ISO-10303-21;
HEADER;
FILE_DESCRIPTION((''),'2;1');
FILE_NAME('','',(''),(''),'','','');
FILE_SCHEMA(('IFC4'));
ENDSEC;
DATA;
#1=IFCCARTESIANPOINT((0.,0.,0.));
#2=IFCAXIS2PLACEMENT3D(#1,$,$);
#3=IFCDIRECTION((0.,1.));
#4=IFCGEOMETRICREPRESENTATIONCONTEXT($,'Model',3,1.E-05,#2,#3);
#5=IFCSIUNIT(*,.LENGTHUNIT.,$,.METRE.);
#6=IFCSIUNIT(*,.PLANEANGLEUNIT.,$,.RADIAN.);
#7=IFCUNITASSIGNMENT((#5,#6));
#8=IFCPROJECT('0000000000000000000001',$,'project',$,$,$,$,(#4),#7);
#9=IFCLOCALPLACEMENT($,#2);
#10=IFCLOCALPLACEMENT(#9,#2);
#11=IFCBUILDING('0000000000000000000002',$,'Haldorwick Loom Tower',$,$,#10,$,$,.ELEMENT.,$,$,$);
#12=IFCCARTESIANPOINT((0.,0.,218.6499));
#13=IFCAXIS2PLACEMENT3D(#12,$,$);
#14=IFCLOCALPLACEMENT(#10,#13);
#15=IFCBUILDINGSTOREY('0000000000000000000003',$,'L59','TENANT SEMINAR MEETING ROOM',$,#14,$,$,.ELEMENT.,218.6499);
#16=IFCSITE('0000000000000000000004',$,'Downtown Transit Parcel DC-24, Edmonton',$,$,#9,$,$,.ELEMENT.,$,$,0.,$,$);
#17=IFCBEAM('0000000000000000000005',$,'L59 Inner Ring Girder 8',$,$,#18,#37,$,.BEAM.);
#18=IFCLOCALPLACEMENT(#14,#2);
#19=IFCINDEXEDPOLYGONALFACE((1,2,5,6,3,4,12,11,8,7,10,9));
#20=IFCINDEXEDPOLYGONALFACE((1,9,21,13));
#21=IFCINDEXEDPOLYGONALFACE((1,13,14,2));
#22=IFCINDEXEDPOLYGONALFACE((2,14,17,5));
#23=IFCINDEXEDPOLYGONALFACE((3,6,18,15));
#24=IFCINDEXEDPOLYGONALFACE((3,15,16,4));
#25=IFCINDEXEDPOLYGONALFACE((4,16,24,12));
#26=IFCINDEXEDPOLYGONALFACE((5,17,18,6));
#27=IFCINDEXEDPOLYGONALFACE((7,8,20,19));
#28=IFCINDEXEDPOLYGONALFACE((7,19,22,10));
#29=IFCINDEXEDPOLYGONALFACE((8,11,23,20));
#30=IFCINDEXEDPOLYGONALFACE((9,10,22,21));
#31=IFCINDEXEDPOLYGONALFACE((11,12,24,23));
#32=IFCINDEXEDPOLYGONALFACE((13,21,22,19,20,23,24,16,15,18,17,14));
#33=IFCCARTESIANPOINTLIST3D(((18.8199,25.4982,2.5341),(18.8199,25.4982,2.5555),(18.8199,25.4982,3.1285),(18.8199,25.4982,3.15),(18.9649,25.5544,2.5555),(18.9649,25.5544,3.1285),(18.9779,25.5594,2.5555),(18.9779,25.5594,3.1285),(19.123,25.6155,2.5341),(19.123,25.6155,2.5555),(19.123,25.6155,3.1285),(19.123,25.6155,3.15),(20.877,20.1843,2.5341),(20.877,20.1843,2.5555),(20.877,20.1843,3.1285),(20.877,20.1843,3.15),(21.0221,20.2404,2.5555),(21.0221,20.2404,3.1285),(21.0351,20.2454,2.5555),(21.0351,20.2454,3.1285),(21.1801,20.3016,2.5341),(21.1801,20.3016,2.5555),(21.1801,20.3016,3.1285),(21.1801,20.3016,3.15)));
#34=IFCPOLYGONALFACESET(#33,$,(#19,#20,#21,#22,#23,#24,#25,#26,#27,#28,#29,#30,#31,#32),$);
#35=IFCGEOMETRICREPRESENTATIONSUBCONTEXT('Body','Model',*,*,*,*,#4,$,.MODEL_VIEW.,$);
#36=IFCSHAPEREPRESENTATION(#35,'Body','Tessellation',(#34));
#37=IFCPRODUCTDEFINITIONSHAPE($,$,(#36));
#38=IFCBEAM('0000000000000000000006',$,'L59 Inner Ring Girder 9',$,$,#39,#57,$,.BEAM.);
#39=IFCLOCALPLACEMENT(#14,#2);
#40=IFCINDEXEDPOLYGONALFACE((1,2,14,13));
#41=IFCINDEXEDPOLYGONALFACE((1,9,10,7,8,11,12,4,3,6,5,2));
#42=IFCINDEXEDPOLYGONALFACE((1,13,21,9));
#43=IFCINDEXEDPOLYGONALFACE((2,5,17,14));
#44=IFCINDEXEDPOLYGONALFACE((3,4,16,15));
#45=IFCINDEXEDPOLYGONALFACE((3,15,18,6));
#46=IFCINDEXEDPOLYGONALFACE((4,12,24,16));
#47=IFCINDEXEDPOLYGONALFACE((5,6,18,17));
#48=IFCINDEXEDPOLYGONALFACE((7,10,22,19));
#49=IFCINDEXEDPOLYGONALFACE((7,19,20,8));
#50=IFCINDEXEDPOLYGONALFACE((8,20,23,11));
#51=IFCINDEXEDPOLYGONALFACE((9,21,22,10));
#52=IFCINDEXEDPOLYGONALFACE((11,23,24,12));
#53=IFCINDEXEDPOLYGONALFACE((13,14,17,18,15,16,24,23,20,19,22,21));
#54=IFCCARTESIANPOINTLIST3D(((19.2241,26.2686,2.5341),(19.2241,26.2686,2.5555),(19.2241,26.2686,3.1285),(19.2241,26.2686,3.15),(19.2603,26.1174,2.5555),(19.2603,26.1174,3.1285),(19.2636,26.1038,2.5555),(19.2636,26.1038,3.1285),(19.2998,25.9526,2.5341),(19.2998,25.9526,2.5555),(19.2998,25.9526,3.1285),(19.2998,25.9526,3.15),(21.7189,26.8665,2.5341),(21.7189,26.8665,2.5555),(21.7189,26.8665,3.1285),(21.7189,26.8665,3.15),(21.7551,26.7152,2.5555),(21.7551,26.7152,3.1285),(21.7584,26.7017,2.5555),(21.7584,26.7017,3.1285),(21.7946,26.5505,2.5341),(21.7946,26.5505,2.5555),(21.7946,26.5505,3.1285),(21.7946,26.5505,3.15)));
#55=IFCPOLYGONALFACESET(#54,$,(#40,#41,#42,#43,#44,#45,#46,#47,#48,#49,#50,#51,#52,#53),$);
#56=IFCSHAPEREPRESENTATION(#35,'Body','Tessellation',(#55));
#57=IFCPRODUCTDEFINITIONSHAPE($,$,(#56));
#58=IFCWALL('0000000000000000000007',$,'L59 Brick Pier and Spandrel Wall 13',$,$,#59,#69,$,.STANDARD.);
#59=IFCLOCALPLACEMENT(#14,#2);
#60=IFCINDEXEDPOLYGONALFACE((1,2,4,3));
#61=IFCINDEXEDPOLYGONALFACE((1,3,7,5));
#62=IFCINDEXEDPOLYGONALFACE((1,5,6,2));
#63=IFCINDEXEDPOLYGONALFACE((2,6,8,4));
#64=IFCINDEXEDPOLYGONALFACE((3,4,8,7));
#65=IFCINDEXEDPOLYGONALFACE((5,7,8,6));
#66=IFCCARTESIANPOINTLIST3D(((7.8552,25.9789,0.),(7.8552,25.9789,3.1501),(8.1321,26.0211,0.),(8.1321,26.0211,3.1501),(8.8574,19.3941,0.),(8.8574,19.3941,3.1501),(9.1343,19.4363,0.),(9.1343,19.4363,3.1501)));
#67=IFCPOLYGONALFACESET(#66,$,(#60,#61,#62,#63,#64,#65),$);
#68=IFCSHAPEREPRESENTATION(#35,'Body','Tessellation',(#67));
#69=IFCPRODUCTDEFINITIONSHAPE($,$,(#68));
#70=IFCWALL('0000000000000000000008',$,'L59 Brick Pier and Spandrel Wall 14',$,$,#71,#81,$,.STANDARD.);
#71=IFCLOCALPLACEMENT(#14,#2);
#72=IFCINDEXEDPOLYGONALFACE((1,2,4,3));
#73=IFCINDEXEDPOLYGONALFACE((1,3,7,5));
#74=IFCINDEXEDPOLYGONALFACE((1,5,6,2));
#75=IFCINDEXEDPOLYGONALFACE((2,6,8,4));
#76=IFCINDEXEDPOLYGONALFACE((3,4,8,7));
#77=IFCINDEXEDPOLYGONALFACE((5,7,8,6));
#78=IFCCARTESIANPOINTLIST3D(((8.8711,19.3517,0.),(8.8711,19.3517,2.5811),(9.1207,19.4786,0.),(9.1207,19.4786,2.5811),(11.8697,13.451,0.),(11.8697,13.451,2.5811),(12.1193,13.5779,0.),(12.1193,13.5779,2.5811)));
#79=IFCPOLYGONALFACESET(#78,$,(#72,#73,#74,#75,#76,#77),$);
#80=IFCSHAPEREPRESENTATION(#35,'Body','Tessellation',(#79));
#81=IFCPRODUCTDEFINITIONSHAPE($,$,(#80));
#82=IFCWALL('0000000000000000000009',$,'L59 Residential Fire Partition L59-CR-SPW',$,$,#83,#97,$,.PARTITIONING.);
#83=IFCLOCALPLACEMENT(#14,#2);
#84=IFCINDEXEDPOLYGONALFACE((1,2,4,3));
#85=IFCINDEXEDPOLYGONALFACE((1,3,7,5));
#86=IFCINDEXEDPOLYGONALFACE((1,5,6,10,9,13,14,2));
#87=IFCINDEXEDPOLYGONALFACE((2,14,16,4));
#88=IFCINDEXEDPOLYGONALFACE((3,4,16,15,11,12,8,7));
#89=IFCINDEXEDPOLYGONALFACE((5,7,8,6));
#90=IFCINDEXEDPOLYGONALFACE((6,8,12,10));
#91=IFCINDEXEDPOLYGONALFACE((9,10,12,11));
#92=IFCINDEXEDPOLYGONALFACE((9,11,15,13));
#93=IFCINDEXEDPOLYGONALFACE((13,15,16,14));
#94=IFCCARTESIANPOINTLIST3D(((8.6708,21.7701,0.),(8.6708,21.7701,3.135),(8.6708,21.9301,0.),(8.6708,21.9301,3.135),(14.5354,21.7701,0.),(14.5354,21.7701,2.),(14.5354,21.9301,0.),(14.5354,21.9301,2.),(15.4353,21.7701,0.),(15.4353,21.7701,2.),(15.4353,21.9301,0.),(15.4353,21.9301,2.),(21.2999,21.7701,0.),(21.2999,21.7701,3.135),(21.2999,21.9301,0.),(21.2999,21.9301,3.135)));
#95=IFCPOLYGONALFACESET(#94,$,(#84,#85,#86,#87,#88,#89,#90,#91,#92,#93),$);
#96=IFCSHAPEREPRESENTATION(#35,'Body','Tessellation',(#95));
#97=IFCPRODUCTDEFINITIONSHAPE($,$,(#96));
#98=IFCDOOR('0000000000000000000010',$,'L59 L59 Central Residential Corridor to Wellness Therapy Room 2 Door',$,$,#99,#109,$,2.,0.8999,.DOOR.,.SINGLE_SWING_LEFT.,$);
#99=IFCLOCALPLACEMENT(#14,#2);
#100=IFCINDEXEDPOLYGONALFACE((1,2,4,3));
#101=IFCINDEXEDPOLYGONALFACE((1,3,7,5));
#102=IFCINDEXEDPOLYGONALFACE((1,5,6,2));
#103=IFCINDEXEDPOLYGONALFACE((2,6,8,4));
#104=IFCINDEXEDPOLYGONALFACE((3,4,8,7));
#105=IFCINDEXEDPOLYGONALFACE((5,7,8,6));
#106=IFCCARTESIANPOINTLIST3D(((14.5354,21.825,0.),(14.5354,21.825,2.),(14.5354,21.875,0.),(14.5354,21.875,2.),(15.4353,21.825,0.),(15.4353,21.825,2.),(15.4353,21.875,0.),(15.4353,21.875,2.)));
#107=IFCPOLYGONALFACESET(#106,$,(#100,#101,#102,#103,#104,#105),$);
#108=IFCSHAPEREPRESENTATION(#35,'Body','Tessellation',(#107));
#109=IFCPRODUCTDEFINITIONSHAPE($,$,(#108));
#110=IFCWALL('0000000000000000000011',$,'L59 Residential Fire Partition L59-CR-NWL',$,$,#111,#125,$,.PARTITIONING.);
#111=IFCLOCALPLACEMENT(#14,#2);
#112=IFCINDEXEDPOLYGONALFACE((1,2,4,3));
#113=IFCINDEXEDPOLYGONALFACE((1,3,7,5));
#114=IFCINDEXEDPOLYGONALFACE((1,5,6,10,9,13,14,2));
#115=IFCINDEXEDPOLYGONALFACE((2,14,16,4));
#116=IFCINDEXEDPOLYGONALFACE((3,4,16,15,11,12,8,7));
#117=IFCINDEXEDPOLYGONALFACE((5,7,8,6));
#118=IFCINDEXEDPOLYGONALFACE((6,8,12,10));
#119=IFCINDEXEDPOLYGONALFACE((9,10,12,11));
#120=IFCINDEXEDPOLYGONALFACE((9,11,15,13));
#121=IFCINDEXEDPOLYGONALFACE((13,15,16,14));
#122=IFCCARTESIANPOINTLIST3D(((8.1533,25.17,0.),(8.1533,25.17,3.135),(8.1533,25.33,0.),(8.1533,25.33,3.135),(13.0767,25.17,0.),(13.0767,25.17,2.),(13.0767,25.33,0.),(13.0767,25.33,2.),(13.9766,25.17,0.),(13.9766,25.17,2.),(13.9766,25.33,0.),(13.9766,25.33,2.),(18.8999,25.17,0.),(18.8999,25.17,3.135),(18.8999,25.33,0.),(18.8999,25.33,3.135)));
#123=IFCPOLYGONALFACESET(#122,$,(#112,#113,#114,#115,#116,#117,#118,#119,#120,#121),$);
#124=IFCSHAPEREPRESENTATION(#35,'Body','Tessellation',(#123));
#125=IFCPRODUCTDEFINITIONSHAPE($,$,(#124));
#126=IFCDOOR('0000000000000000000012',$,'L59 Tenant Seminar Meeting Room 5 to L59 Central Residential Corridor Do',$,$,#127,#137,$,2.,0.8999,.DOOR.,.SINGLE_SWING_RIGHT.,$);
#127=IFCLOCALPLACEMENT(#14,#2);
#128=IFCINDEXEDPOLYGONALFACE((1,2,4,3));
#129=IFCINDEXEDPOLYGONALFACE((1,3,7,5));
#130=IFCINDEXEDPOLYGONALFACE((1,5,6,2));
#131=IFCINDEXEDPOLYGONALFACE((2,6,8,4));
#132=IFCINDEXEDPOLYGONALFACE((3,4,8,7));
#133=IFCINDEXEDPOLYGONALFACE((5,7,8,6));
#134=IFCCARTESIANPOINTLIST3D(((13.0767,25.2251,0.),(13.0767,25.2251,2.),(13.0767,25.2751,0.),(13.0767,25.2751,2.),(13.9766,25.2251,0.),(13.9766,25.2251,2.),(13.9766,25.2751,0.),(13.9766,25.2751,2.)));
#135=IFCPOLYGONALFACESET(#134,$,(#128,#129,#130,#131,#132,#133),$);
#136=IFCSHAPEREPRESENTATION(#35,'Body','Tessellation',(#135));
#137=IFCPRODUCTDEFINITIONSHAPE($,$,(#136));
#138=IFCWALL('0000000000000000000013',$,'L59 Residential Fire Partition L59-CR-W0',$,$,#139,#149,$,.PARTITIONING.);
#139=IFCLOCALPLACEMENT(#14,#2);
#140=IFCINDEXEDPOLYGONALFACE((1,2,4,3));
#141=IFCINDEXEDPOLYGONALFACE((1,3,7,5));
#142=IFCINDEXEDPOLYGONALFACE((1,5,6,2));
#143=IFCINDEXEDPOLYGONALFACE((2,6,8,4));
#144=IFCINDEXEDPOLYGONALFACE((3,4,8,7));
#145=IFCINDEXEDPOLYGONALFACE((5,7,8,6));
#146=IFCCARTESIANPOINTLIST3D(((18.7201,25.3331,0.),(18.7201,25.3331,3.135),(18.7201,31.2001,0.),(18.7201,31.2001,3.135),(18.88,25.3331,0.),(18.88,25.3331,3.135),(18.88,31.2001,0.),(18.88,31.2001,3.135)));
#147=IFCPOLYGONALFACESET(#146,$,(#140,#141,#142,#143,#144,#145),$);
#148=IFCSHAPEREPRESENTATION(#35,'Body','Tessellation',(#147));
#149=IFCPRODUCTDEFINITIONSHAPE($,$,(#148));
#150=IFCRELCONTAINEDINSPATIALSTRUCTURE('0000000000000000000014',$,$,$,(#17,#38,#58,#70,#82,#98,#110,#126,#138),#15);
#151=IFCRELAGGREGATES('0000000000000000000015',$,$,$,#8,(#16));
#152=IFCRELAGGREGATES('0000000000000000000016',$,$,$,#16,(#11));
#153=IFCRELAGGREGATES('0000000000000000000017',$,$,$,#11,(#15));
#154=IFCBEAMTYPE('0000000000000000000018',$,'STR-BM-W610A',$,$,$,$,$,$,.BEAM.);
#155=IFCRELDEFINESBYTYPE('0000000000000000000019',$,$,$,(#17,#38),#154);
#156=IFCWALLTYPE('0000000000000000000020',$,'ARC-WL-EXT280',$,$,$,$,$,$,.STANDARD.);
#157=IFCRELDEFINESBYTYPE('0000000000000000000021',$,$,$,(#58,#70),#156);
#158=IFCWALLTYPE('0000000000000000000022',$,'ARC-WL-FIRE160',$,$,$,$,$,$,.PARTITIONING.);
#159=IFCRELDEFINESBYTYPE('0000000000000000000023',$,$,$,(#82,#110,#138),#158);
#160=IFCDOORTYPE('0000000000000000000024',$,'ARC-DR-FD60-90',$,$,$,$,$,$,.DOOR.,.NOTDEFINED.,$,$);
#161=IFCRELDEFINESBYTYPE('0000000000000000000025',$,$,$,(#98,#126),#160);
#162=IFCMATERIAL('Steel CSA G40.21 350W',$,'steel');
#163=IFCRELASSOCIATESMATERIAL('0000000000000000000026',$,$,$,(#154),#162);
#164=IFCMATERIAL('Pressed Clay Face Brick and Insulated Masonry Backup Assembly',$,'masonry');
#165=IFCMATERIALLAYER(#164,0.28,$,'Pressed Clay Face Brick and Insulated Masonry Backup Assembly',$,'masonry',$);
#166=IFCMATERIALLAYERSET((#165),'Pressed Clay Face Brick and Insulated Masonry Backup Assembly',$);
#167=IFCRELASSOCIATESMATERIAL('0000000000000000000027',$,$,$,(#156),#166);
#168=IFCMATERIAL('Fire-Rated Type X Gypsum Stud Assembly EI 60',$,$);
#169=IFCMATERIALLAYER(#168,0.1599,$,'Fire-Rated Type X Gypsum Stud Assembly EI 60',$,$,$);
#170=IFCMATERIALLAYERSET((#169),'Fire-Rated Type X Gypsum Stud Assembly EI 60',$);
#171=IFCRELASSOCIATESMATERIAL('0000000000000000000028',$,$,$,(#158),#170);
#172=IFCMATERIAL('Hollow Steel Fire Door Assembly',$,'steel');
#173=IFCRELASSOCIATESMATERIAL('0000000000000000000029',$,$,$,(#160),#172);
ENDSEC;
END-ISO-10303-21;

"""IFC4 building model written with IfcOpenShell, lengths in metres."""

from ifc_helpers import new_model, si_unit, direction, frame, frame_2d, origin, origin_2d, place, context, subcontext, project, spatial, rectangle, i_section, extrude, material, layer, layer_set, material_profile, profile_set, type_object, element, fill, save


model = new_model("IFC4")

# Units and contexts
model_context = context("Model", 3, precision=1e-05, world=origin(), true_north=direction((0.0, 1.0)))
body_context = subcontext(model_context, "Body", "Model", "MODEL_VIEW")
ifc_project = project(units=[si_unit("LENGTHUNIT", "METRE"), si_unit("PLANEANGLEUNIT", "RADIAN")], contexts=[model_context])

# Site, building, storey
site_placement = place(None, origin())
site = spatial("IfcSite", under=ifc_project, at=site_placement, Name="Downtown Transit Parcel DC-24, Edmonton", CompositionType="ELEMENT", RefElevation=0.0)
building_placement = place(site_placement, origin())
building = spatial("IfcBuilding", under=site, at=building_placement, Name="Haldorwick Loom Tower", CompositionType="ELEMENT")
storey_placement = place(building_placement, frame((0.0, 0.0, 218.6499)))
storey = spatial("IfcBuildingStorey", under=building, at=storey_placement, Name="L59", Description="TENANT SEMINAR MEETING ROOM", CompositionType="ELEMENT", Elevation=218.6499)

# Beams
ifc_material_1 = material(Name="Steel CSA G40.21 350W", Category="steel")
ifc_material_profile_1 = material_profile(ifc_material_1, i_section(OverallWidth=0.325, OverallDepth=0.616, WebThickness=0.0139, FlangeThickness=0.0215, at=origin_2d()), Name="W610X174", Category="steel")
ifc_profile_set_1 = profile_set([ifc_material_profile_1], Name="Steel CSA G40.21 350W")
beam_type_1 = type_object("IfcBeamType", Name="STR-BM-W610A", PredefinedType="BEAM", material=ifc_profile_set_1)
beam_1_placement = place(storey_placement, frame((21.0286, 20.2429, 2.842), z_axis=(-0.361011, 0.932562, 0.0), x_axis=(-0.932562, -0.361011, 0.0)))
element("IfcBeam", 1, at=beam_1_placement, inside=storey, type_object=beam_type_1, Name="L59 Inner Ring Girder 8", PredefinedType="BEAM", context=body_context, shape_type="SweptSolid", body=[
    extrude(i_section(OverallWidth=0.325, OverallDepth=0.616, WebThickness=0.0139, FlangeThickness=0.0215, at=origin_2d()), origin(), (0.0, 0.0, 1.0), 5.6982),
])
beam_2_placement = place(storey_placement, frame((19.262, 26.1106, 2.842), z_axis=(0.972464, 0.233053, 0.0), x_axis=(-0.233053, 0.972464, 0.0)))
element("IfcBeam", 2, at=beam_2_placement, inside=storey, type_object=beam_type_1, Name="L59 Inner Ring Girder 9", PredefinedType="BEAM", context=body_context, shape_type="SweptSolid", body=[
    extrude(i_section(OverallWidth=0.325, OverallDepth=0.616, WebThickness=0.0139, FlangeThickness=0.0215, at=origin_2d()), origin(), (0.0, 0.0, 1.0), 2.5654),
])

# Walls
ifc_material_2 = material(Name="Pressed Clay Face Brick and Insulated Masonry Backup Assembly", Category="masonry")
ifc_layer_1 = layer(ifc_material_2, 0.28, Name="Pressed Clay Face Brick and Insulated Masonry Backup Assembly", Category="masonry")
ifc_layer_set_1 = layer_set([ifc_layer_1], Name="Pressed Clay Face Brick and Insulated Masonry Backup Assembly")
wall_type_1 = type_object("IfcWallType", Name="ARC-WL-EXT280", PredefinedType="STANDARD", material=ifc_layer_set_1)
wall_1_placement = place(storey_placement, frame((7.9937, 26.0, 0.0), z_axis=(0.0, 0.0, 1.0), x_axis=(0.150468, -0.988615, 0.0)))
element("IfcWall", 3, at=wall_1_placement, inside=storey, type_object=wall_type_1, Name="L59 Brick Pier and Spandrel Wall 13", PredefinedType="STANDARD", context=body_context, shape_type="SweptSolid", body=[
    extrude(rectangle(XDim=6.6606, YDim=0.28, at=frame_2d((3.3303, 0.0))), origin(), (0.0, 0.0, 1.0), 3.1501),
])
wall_2_placement = place(storey_placement, frame((8.9958, 19.4153, 0.0), z_axis=(0.0, 0.0, 1.0), x_axis=(0.453032, -0.891494, 0.0)))
element("IfcWall", 4, at=wall_2_placement, inside=storey, type_object=wall_type_1, Name="L59 Brick Pier and Spandrel Wall 14", PredefinedType="STANDARD", context=body_context, shape_type="SweptSolid", body=[
    extrude(rectangle(XDim=6.6189, YDim=0.28, at=frame_2d((3.3096, 0.0))), origin(), (0.0, 0.0, 1.0), 2.5811),
])

# Walls, openings, doors
ifc_material_3 = material(Name="Fire-Rated Type X Gypsum Stud Assembly EI 60")
ifc_layer_2 = layer(ifc_material_3, 0.1599, Name="Fire-Rated Type X Gypsum Stud Assembly EI 60")
ifc_layer_set_2 = layer_set([ifc_layer_2], Name="Fire-Rated Type X Gypsum Stud Assembly EI 60")
wall_type_2 = type_object("IfcWallType", Name="ARC-WL-FIRE160", PredefinedType="PARTITIONING", material=ifc_layer_set_2)
wall_3_placement = place(storey_placement, frame((8.6709, 21.8501, 0.0), z_axis=(0.0, 0.0, 1.0), x_axis=(1.0, 0.0, 0.0)))
wall_3 = element("IfcWall", 5, at=wall_3_placement, inside=storey, type_object=wall_type_2, Name="L59 Residential Fire Partition L59-CR-SPW", PredefinedType="PARTITIONING", context=body_context, shape_type="SweptSolid", body=[
    extrude(rectangle(XDim=12.6292, YDim=0.1599, at=frame_2d((6.3145, 0.0))), origin(), (0.0, 0.0, 1.0), 3.135),
])
opening_1_placement = place(wall_3_placement, frame((5.8645, 0.0, 0.0)))
opening_1 = element("IfcOpeningElement", 6, at=opening_1_placement, cuts=wall_3, PredefinedType="OPENING", context=body_context, shape_type="SweptSolid", body=[
    extrude(rectangle(XDim=0.8999, YDim=2.0, at=frame_2d((0.45, 1.0))), frame((0.0, 0.0898, 0.0), z_axis=(0.0, -1.0, 0.0), x_axis=(1.0, 0.0, 0.0)), (0.0, 0.0, 1.0), 0.1799),
])
ifc_material_4 = material(Name="Hollow Steel Fire Door Assembly", Category="steel")
door_type = type_object("IfcDoorType", Name="ARC-DR-FD60-90", OperationType="NOTDEFINED", PredefinedType="DOOR", material=ifc_material_4)
door_1_placement = place(opening_1_placement, origin())
door_1 = element("IfcDoor", 7, at=door_1_placement, inside=storey, type_object=door_type, Name="L59 L59 Central Residential Corridor to Wellness Therapy Room 2 Door", OperationType="SINGLE_SWING_LEFT", OverallHeight=2.0, OverallWidth=0.8999, PredefinedType="DOOR", context=body_context, shape_type="SweptSolid", body=[
    extrude(rectangle(XDim=0.8999, YDim=2.0, at=frame_2d((0.45, 1.0))), frame((0.0, 0.0249, 0.0), z_axis=(0.0, -1.0, 0.0), x_axis=(1.0, 0.0, 0.0)), (0.0, 0.0, 1.0), 0.05),
])
fill(opening_1, door_1)
wall_4_placement = place(storey_placement, frame((8.1533, 25.25, 0.0), z_axis=(0.0, 0.0, 1.0), x_axis=(1.0, 0.0, 0.0)))
wall_4 = element("IfcWall", 8, at=wall_4_placement, inside=storey, type_object=wall_type_2, Name="L59 Residential Fire Partition L59-CR-NWL", PredefinedType="PARTITIONING", context=body_context, shape_type="SweptSolid", body=[
    extrude(rectangle(XDim=10.7466, YDim=0.1599, at=frame_2d((5.3733, 0.0))), origin(), (0.0, 0.0, 1.0), 3.135),
])
opening_2_placement = place(wall_4_placement, frame((4.9233, 0.0, 0.0)))
opening_2 = element("IfcOpeningElement", 9, at=opening_2_placement, cuts=wall_4, PredefinedType="OPENING", context=body_context, shape_type="SweptSolid", body=[
    extrude(rectangle(XDim=0.8999, YDim=2.0, at=frame_2d((0.45, 1.0))), frame((0.0, 0.0898, 0.0), z_axis=(0.0, -1.0, 0.0), x_axis=(1.0, 0.0, 0.0)), (0.0, 0.0, 1.0), 0.1799),
])
door_2_placement = place(opening_2_placement, frame((0.8999, 0.0, 0.0), z_axis=(0.0, 0.0, 1.0), x_axis=(-1.0, 0.0, 0.0)))
door_2 = element("IfcDoor", 10, at=door_2_placement, inside=storey, type_object=door_type, Name="L59 Tenant Seminar Meeting Room 5 to L59 Central Residential Corridor Do", OperationType="SINGLE_SWING_RIGHT", OverallHeight=2.0, OverallWidth=0.8999, PredefinedType="DOOR", context=body_context, shape_type="SweptSolid", body=[
    extrude(rectangle(XDim=0.8999, YDim=2.0, at=frame_2d((0.45, 1.0))), frame((0.0, 0.0249, 0.0), z_axis=(0.0, -1.0, 0.0), x_axis=(1.0, 0.0, 0.0)), (0.0, 0.0, 1.0), 0.05),
])
fill(opening_2, door_2)

# Wall
wall_5_placement = place(storey_placement, frame((18.8, 25.333, 0.0), z_axis=(0.0, 0.0, 1.0), x_axis=(0.0, 1.0, 0.0)))
element("IfcWall", 11, at=wall_5_placement, inside=storey, type_object=wall_type_2, Name="L59 Residential Fire Partition L59-CR-W0", PredefinedType="PARTITIONING", context=body_context, shape_type="SweptSolid", body=[
    extrude(rectangle(XDim=5.8669, YDim=0.1599, at=frame_2d((2.9336, 0.0))), origin(), (0.0, 0.0, 1.0), 3.135),
])

save(model, "model.ifc")
